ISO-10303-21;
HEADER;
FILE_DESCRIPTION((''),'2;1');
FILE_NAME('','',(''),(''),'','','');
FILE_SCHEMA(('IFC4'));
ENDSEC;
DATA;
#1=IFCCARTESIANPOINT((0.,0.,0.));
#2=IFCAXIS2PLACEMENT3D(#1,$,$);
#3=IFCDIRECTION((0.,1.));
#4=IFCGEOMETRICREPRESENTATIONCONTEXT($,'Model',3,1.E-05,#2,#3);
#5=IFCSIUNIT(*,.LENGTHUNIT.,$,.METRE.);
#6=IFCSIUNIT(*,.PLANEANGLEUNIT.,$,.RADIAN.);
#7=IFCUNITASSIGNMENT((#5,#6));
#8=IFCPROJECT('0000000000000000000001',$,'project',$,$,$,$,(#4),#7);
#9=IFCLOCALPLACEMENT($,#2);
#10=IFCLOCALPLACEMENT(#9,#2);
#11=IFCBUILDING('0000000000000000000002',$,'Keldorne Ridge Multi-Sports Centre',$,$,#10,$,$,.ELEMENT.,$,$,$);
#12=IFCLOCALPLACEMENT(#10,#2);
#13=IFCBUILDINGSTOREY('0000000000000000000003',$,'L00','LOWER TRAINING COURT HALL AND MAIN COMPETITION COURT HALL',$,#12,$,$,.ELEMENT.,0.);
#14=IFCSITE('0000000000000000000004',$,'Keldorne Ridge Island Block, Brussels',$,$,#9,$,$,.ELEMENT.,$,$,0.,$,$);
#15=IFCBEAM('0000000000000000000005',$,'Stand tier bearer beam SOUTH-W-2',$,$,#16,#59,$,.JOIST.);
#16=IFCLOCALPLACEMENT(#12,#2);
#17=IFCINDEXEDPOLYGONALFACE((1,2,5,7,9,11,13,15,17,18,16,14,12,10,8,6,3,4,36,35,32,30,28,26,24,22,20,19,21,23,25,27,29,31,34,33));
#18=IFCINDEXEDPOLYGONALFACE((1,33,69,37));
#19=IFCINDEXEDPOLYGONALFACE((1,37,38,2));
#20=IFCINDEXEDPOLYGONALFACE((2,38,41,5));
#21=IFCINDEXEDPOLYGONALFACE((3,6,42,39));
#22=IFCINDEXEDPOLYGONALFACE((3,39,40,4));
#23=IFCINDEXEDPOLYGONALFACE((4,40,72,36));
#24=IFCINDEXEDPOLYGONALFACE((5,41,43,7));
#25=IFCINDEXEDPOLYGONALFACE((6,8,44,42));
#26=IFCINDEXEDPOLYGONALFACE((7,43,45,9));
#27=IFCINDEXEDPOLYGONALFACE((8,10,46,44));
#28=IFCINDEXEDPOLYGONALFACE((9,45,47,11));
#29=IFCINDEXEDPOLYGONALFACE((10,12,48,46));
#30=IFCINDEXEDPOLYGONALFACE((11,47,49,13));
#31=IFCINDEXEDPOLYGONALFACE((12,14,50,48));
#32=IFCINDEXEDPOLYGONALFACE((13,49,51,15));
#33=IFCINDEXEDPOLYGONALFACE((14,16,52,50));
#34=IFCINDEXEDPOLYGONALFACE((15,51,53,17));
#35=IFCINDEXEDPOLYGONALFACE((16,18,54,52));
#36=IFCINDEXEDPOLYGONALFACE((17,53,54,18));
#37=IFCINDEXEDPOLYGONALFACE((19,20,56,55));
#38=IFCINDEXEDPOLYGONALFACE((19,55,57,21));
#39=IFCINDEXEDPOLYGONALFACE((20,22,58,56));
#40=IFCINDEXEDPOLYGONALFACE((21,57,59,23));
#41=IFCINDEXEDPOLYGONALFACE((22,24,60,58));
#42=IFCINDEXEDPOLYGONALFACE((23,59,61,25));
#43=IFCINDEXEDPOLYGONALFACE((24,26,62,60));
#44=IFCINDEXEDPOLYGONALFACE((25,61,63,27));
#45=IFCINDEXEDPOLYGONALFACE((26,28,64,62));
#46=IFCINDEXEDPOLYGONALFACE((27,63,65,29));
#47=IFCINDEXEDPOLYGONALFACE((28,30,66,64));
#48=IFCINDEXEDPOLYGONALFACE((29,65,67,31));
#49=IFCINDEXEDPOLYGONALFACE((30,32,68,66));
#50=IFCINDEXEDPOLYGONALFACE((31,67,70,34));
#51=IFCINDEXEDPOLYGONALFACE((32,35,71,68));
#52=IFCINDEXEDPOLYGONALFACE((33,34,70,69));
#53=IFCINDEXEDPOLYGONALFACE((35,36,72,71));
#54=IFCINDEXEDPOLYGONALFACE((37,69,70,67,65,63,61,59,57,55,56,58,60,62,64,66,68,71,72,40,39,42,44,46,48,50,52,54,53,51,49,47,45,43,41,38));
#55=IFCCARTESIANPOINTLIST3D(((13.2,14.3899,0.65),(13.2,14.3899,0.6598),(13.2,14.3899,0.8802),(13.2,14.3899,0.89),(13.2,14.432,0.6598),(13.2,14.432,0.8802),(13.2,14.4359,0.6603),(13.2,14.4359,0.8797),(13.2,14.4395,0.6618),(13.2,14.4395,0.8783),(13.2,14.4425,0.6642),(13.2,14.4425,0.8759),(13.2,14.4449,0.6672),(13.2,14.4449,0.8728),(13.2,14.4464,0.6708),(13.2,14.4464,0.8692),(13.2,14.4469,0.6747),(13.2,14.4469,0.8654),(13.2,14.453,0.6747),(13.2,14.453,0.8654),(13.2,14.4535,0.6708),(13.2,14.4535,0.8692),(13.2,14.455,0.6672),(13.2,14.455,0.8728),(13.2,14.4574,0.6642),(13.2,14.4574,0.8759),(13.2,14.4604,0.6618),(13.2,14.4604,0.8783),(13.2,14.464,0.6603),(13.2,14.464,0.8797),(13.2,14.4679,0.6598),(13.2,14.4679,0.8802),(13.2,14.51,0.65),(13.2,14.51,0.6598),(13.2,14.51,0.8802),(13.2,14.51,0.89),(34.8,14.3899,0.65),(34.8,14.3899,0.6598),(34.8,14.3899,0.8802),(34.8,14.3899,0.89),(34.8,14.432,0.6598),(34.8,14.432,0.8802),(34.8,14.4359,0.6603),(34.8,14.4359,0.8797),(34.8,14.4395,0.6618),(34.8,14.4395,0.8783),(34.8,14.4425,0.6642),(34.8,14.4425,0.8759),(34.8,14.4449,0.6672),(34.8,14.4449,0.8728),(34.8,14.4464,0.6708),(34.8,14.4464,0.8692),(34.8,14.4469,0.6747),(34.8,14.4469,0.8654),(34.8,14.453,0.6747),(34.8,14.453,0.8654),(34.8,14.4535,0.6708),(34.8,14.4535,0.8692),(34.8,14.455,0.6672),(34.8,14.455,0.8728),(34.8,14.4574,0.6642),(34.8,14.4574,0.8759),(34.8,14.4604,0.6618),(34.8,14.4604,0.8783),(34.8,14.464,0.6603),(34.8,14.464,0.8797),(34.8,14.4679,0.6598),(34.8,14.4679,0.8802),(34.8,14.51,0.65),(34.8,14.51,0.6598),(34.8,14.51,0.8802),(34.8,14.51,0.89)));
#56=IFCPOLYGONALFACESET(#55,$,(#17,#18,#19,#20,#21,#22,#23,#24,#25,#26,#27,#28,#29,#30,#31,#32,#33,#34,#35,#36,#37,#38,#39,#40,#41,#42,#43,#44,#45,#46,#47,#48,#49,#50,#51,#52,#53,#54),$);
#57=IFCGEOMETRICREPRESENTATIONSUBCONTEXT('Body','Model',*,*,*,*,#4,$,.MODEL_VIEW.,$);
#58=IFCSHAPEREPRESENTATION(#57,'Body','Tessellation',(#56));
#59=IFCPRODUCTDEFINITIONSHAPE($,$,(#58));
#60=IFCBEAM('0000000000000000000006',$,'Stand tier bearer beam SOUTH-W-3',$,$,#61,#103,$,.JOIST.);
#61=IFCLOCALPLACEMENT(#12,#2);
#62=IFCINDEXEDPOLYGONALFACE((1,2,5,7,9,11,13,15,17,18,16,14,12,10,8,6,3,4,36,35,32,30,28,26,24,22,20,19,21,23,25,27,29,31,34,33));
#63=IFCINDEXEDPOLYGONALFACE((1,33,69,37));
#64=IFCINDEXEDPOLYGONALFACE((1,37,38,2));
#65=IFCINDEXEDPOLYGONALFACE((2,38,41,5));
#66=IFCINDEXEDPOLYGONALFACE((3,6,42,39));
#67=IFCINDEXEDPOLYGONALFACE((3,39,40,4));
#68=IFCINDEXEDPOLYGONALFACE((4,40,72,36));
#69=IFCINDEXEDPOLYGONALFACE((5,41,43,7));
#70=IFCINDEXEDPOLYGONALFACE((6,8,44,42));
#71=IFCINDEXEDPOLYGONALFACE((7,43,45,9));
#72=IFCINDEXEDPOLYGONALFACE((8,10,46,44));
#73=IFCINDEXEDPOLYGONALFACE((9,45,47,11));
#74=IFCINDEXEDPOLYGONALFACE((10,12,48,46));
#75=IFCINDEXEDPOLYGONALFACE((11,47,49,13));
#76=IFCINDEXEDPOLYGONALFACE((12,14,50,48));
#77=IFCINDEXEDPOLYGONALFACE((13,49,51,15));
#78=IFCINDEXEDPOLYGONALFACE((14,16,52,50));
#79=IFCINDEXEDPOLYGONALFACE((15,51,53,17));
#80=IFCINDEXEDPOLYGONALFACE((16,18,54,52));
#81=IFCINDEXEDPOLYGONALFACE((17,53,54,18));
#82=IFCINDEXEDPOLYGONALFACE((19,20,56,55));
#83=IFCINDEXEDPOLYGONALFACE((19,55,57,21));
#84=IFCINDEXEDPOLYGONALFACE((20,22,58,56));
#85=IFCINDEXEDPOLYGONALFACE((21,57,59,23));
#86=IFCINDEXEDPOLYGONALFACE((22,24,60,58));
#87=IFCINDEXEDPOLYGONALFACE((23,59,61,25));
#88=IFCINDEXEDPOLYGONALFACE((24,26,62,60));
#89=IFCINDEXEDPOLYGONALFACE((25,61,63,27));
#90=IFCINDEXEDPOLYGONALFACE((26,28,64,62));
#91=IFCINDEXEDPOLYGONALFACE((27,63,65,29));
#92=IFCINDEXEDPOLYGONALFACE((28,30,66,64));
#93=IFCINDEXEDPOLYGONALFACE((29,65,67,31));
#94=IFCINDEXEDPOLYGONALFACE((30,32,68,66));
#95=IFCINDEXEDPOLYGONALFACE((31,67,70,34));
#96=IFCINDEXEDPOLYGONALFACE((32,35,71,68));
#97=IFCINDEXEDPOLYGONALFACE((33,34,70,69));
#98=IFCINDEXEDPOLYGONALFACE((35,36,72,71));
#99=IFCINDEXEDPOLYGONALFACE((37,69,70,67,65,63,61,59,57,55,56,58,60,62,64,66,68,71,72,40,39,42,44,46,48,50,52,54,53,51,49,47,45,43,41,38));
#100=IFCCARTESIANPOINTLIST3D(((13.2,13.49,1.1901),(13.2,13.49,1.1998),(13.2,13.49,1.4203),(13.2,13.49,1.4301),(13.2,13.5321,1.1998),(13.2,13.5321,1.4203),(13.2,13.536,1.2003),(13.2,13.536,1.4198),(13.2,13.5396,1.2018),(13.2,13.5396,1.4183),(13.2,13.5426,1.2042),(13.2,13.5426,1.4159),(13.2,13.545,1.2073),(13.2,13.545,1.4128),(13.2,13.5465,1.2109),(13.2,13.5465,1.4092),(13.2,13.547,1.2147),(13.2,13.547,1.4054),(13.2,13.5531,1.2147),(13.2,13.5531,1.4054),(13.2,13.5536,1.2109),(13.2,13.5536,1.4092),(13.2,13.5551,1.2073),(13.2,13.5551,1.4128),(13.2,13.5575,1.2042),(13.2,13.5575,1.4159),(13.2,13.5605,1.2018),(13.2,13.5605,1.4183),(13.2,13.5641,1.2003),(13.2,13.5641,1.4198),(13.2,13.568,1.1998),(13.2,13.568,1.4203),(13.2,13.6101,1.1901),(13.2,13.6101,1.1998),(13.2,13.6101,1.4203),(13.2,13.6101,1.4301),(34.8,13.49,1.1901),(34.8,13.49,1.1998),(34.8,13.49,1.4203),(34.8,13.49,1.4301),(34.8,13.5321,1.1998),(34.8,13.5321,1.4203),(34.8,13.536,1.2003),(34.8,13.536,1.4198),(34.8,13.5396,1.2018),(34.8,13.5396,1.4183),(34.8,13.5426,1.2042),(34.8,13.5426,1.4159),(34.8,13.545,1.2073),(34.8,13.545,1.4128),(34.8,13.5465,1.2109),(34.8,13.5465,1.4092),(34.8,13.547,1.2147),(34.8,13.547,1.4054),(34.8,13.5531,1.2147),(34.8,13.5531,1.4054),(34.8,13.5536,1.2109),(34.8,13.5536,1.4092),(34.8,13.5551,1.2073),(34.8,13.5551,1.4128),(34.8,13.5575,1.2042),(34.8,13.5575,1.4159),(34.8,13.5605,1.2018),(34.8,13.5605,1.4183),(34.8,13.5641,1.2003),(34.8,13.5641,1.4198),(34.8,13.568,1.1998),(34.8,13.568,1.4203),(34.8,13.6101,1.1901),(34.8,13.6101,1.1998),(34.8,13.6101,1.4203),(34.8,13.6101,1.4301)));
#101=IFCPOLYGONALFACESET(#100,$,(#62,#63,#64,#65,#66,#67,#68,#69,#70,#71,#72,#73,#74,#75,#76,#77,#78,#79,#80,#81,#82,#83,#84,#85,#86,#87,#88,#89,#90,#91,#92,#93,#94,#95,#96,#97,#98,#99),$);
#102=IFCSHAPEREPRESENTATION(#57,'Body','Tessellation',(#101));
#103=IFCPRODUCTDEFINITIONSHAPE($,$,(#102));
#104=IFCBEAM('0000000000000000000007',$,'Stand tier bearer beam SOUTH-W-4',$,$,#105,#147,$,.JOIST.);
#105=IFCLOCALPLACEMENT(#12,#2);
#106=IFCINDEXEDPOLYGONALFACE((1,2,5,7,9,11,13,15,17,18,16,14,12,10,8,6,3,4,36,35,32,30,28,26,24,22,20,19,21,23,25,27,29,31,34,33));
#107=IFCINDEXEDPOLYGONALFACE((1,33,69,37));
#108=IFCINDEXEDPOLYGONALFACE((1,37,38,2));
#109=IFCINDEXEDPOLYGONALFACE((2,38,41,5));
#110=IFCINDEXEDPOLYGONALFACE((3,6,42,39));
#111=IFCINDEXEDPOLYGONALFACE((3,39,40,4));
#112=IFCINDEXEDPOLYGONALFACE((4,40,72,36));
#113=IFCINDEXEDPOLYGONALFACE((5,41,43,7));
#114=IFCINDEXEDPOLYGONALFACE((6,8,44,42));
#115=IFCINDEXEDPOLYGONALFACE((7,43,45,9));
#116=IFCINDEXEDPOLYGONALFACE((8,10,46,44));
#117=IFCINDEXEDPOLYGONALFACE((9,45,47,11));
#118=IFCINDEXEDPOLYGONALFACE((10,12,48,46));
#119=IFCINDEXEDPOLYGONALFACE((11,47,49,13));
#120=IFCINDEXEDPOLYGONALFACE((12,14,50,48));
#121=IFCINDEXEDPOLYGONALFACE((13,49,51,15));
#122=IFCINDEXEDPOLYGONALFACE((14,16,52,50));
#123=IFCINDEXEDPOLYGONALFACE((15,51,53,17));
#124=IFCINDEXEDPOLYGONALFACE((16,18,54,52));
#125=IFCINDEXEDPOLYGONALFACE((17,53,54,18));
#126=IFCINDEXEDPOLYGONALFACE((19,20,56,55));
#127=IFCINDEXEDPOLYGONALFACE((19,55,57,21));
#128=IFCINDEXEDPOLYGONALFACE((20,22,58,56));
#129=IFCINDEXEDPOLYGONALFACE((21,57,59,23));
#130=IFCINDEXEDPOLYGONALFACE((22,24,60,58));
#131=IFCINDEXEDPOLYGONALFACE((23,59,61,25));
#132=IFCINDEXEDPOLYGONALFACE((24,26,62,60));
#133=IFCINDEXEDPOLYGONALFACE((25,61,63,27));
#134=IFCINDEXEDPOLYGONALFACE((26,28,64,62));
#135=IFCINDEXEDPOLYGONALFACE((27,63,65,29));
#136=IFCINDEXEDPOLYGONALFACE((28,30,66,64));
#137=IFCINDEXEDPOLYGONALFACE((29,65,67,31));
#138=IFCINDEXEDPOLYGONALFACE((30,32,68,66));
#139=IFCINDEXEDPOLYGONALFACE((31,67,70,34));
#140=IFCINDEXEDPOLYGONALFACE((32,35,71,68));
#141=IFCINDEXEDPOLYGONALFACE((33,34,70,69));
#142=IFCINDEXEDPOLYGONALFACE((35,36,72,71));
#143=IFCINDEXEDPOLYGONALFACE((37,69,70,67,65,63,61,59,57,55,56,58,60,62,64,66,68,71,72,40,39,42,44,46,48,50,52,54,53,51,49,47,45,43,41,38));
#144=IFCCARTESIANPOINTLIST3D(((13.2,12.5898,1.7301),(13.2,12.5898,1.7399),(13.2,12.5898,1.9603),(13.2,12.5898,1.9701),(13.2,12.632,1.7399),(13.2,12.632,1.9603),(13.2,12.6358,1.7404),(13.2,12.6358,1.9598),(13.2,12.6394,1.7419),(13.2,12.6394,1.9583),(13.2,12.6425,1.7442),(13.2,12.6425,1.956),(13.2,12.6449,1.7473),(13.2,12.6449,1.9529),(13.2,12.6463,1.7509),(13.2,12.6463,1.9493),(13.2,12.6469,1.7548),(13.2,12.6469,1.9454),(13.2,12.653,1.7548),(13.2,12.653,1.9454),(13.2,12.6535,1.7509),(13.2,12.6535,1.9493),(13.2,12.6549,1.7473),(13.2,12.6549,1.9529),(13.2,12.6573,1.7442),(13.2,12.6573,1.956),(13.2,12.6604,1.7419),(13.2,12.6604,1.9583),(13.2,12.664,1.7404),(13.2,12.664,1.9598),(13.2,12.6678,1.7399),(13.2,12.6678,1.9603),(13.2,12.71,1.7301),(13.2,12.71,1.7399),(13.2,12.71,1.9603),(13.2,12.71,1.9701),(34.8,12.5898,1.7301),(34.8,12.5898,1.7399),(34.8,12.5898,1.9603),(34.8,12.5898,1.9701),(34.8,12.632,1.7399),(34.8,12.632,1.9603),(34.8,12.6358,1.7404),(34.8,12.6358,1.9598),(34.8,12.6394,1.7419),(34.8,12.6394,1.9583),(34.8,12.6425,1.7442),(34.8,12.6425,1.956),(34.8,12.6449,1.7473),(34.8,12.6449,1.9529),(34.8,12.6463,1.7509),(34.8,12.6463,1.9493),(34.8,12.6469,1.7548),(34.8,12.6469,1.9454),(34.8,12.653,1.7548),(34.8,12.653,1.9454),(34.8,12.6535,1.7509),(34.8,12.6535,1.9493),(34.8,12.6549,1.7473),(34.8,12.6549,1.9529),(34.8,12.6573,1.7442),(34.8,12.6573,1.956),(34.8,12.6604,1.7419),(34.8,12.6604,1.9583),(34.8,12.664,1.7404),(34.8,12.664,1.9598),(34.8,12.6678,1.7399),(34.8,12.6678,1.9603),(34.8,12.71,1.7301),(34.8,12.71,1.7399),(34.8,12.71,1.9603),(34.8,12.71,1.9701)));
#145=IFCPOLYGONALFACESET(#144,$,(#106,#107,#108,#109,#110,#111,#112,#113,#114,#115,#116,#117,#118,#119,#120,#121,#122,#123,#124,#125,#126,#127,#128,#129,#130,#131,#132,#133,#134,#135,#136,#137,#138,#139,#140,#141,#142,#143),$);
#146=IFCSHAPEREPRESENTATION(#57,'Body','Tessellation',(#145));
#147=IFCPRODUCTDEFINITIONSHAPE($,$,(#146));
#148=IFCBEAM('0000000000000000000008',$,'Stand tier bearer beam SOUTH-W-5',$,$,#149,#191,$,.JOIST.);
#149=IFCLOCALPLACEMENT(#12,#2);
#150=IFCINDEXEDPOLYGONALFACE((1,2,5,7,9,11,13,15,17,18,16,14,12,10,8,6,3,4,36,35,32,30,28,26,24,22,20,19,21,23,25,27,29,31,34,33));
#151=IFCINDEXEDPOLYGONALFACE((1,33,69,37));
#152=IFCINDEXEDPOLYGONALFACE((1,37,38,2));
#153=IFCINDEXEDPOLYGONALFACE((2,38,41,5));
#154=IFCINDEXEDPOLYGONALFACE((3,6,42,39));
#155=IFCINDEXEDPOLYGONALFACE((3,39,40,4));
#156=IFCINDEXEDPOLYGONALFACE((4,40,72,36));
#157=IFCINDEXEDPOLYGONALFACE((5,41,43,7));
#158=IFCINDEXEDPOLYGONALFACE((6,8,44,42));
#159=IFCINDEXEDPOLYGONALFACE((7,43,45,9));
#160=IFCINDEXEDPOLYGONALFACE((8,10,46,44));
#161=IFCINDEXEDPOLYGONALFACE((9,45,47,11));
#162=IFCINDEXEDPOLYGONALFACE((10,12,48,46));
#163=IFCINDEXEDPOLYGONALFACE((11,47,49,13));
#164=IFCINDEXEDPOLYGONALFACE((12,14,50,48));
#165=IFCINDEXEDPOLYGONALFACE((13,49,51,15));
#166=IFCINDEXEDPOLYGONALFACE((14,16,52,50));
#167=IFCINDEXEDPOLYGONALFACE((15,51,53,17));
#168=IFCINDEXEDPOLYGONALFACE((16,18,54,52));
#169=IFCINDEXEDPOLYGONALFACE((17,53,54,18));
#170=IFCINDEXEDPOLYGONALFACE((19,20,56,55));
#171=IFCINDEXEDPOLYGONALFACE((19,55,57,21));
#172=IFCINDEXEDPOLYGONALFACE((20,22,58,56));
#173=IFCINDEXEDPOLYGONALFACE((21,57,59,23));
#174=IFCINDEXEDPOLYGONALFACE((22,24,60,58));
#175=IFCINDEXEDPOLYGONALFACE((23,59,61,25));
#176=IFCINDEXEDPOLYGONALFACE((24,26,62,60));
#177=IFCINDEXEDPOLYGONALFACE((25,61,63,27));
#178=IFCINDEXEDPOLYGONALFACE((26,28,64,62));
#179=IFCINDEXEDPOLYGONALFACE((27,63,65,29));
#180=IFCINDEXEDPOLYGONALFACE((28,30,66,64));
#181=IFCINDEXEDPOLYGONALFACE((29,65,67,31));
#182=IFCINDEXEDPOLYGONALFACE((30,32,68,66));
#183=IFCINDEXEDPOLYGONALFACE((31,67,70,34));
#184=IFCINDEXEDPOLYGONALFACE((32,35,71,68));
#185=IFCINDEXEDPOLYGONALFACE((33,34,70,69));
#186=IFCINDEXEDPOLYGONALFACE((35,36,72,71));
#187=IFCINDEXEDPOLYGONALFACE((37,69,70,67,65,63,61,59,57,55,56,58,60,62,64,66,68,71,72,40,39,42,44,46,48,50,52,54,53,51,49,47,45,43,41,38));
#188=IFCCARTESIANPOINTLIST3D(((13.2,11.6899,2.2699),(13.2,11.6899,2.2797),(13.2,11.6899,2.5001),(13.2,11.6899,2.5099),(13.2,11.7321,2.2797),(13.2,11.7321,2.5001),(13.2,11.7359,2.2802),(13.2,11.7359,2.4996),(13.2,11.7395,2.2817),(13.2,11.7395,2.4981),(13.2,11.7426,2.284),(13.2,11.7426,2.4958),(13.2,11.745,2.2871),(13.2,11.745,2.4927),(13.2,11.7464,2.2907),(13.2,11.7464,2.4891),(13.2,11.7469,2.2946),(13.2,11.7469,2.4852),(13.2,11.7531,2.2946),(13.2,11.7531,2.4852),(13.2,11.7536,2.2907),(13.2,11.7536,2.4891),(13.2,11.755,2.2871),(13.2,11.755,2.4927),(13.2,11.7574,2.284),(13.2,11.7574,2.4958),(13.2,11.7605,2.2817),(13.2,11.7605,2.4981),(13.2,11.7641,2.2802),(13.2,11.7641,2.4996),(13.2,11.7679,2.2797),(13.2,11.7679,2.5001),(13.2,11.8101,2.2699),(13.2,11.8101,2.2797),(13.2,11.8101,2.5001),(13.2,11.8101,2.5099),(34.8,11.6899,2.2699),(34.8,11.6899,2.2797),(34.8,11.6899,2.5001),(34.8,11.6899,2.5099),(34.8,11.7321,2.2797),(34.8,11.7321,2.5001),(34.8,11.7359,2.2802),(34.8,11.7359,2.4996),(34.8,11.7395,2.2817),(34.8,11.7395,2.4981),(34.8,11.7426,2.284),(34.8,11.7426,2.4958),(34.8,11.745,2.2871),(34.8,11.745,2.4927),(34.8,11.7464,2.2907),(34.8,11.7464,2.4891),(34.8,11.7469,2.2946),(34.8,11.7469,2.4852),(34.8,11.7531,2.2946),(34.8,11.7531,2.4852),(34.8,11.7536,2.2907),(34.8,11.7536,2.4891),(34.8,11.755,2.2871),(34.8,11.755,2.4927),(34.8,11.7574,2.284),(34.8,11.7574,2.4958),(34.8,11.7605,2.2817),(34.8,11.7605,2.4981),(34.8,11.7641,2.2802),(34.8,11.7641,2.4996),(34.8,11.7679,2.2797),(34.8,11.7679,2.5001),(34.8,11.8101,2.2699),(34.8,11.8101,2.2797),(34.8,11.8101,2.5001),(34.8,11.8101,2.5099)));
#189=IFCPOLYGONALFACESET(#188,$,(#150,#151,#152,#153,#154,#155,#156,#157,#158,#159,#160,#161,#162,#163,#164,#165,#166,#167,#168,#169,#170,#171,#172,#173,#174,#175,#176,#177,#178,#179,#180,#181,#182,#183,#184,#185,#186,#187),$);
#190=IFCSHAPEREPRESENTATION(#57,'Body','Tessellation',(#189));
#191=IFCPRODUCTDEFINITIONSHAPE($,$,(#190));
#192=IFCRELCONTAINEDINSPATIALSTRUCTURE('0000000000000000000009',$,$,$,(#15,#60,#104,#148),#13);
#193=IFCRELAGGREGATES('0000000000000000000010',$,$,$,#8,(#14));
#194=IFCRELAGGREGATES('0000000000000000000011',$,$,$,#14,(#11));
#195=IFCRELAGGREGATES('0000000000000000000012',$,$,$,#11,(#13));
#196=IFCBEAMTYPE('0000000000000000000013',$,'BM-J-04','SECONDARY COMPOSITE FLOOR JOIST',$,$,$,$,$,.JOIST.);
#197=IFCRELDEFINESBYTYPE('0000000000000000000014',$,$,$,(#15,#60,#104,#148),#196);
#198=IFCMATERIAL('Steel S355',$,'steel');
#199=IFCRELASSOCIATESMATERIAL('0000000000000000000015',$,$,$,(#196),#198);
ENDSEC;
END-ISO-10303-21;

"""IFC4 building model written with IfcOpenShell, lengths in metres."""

from ifc_helpers import new_model, si_unit, direction, frame, origin, origin_2d, place, context, subcontext, project, spatial, i_section, extrude, material, material_profile, profile_set, type_object, element, save


model = new_model("IFC4")

# Units and contexts
model_context = context("Model", 3, precision=1e-05, world=origin(), true_north=direction((0.0, 1.0)))
body_context = subcontext(model_context, "Body", "Model", "MODEL_VIEW")
ifc_project = project(units=[si_unit("LENGTHUNIT", "METRE"), si_unit("PLANEANGLEUNIT", "RADIAN")], contexts=[model_context])

# Site, building, storey
site_placement = place(None, origin())
site = spatial("IfcSite", under=ifc_project, at=site_placement, Name="Keldorne Ridge Island Block, Brussels", CompositionType="ELEMENT", RefElevation=0.0)
building_placement = place(site_placement, origin())
building = spatial("IfcBuilding", under=site, at=building_placement, Name="Keldorne Ridge Multi-Sports Centre", CompositionType="ELEMENT")
storey_placement = place(building_placement, origin())
storey = spatial("IfcBuildingStorey", under=building, at=storey_placement, Name="L00", Description="LOWER TRAINING COURT HALL AND MAIN COMPETITION COURT HALL", CompositionType="ELEMENT", Elevation=0.0)

# Shared definitions
ifc_material_1 = material(Name="Steel S355", Category="steel")

# Beams
ifc_material_profile_1 = material_profile(ifc_material_1, i_section(OverallWidth=0.1201, OverallDepth=0.24, WebThickness=0.0061, FlangeThickness=0.0098, FilletRadius=0.0149, at=origin_2d()), Name="IPE 240")
ifc_profile_set_1 = profile_set([ifc_material_profile_1], Name="Steel S355")
beam_type_1 = type_object("IfcBeamType", Name="BM-J-04", Description="SECONDARY COMPOSITE FLOOR JOIST", PredefinedType="JOIST", material=ifc_profile_set_1)
for number, where, z_axis, x_axis, name in (
    (1, (13.2, 14.45, 0.77), (1.0, 0.0, 0.0), (0.0, 1.0, 0.0), "Stand tier bearer beam SOUTH-W-2"),
    (2, (13.2, 13.55, 1.3101), (1.0, 0.0, 0.0), (0.0, 1.0, 0.0), "Stand tier bearer beam SOUTH-W-3"),
    (3, (13.2, 12.6499, 1.8501), (1.0, 0.0, 0.0), (0.0, 1.0, 0.0), "Stand tier bearer beam SOUTH-W-4"),
    (4, (13.2, 11.75, 2.3899), (1.0, 0.0, 0.0), (0.0, 1.0, 0.0), "Stand tier bearer beam SOUTH-W-5"),
):
    element("IfcBeam", number, at=place(storey_placement, frame(where, z_axis=z_axis, x_axis=x_axis)), inside=storey, type_object=beam_type_1, Name=name, PredefinedType="JOIST", context=body_context, shape_type="SweptSolid", body=[
        extrude(i_section(OverallWidth=0.1201, OverallDepth=0.24, WebThickness=0.0061, FlangeThickness=0.0098, FilletRadius=0.0149, at=origin_2d()), origin(), (0.0, 0.0, 1.0), 21.6001),
    ])

save(model, "model.ifc")
